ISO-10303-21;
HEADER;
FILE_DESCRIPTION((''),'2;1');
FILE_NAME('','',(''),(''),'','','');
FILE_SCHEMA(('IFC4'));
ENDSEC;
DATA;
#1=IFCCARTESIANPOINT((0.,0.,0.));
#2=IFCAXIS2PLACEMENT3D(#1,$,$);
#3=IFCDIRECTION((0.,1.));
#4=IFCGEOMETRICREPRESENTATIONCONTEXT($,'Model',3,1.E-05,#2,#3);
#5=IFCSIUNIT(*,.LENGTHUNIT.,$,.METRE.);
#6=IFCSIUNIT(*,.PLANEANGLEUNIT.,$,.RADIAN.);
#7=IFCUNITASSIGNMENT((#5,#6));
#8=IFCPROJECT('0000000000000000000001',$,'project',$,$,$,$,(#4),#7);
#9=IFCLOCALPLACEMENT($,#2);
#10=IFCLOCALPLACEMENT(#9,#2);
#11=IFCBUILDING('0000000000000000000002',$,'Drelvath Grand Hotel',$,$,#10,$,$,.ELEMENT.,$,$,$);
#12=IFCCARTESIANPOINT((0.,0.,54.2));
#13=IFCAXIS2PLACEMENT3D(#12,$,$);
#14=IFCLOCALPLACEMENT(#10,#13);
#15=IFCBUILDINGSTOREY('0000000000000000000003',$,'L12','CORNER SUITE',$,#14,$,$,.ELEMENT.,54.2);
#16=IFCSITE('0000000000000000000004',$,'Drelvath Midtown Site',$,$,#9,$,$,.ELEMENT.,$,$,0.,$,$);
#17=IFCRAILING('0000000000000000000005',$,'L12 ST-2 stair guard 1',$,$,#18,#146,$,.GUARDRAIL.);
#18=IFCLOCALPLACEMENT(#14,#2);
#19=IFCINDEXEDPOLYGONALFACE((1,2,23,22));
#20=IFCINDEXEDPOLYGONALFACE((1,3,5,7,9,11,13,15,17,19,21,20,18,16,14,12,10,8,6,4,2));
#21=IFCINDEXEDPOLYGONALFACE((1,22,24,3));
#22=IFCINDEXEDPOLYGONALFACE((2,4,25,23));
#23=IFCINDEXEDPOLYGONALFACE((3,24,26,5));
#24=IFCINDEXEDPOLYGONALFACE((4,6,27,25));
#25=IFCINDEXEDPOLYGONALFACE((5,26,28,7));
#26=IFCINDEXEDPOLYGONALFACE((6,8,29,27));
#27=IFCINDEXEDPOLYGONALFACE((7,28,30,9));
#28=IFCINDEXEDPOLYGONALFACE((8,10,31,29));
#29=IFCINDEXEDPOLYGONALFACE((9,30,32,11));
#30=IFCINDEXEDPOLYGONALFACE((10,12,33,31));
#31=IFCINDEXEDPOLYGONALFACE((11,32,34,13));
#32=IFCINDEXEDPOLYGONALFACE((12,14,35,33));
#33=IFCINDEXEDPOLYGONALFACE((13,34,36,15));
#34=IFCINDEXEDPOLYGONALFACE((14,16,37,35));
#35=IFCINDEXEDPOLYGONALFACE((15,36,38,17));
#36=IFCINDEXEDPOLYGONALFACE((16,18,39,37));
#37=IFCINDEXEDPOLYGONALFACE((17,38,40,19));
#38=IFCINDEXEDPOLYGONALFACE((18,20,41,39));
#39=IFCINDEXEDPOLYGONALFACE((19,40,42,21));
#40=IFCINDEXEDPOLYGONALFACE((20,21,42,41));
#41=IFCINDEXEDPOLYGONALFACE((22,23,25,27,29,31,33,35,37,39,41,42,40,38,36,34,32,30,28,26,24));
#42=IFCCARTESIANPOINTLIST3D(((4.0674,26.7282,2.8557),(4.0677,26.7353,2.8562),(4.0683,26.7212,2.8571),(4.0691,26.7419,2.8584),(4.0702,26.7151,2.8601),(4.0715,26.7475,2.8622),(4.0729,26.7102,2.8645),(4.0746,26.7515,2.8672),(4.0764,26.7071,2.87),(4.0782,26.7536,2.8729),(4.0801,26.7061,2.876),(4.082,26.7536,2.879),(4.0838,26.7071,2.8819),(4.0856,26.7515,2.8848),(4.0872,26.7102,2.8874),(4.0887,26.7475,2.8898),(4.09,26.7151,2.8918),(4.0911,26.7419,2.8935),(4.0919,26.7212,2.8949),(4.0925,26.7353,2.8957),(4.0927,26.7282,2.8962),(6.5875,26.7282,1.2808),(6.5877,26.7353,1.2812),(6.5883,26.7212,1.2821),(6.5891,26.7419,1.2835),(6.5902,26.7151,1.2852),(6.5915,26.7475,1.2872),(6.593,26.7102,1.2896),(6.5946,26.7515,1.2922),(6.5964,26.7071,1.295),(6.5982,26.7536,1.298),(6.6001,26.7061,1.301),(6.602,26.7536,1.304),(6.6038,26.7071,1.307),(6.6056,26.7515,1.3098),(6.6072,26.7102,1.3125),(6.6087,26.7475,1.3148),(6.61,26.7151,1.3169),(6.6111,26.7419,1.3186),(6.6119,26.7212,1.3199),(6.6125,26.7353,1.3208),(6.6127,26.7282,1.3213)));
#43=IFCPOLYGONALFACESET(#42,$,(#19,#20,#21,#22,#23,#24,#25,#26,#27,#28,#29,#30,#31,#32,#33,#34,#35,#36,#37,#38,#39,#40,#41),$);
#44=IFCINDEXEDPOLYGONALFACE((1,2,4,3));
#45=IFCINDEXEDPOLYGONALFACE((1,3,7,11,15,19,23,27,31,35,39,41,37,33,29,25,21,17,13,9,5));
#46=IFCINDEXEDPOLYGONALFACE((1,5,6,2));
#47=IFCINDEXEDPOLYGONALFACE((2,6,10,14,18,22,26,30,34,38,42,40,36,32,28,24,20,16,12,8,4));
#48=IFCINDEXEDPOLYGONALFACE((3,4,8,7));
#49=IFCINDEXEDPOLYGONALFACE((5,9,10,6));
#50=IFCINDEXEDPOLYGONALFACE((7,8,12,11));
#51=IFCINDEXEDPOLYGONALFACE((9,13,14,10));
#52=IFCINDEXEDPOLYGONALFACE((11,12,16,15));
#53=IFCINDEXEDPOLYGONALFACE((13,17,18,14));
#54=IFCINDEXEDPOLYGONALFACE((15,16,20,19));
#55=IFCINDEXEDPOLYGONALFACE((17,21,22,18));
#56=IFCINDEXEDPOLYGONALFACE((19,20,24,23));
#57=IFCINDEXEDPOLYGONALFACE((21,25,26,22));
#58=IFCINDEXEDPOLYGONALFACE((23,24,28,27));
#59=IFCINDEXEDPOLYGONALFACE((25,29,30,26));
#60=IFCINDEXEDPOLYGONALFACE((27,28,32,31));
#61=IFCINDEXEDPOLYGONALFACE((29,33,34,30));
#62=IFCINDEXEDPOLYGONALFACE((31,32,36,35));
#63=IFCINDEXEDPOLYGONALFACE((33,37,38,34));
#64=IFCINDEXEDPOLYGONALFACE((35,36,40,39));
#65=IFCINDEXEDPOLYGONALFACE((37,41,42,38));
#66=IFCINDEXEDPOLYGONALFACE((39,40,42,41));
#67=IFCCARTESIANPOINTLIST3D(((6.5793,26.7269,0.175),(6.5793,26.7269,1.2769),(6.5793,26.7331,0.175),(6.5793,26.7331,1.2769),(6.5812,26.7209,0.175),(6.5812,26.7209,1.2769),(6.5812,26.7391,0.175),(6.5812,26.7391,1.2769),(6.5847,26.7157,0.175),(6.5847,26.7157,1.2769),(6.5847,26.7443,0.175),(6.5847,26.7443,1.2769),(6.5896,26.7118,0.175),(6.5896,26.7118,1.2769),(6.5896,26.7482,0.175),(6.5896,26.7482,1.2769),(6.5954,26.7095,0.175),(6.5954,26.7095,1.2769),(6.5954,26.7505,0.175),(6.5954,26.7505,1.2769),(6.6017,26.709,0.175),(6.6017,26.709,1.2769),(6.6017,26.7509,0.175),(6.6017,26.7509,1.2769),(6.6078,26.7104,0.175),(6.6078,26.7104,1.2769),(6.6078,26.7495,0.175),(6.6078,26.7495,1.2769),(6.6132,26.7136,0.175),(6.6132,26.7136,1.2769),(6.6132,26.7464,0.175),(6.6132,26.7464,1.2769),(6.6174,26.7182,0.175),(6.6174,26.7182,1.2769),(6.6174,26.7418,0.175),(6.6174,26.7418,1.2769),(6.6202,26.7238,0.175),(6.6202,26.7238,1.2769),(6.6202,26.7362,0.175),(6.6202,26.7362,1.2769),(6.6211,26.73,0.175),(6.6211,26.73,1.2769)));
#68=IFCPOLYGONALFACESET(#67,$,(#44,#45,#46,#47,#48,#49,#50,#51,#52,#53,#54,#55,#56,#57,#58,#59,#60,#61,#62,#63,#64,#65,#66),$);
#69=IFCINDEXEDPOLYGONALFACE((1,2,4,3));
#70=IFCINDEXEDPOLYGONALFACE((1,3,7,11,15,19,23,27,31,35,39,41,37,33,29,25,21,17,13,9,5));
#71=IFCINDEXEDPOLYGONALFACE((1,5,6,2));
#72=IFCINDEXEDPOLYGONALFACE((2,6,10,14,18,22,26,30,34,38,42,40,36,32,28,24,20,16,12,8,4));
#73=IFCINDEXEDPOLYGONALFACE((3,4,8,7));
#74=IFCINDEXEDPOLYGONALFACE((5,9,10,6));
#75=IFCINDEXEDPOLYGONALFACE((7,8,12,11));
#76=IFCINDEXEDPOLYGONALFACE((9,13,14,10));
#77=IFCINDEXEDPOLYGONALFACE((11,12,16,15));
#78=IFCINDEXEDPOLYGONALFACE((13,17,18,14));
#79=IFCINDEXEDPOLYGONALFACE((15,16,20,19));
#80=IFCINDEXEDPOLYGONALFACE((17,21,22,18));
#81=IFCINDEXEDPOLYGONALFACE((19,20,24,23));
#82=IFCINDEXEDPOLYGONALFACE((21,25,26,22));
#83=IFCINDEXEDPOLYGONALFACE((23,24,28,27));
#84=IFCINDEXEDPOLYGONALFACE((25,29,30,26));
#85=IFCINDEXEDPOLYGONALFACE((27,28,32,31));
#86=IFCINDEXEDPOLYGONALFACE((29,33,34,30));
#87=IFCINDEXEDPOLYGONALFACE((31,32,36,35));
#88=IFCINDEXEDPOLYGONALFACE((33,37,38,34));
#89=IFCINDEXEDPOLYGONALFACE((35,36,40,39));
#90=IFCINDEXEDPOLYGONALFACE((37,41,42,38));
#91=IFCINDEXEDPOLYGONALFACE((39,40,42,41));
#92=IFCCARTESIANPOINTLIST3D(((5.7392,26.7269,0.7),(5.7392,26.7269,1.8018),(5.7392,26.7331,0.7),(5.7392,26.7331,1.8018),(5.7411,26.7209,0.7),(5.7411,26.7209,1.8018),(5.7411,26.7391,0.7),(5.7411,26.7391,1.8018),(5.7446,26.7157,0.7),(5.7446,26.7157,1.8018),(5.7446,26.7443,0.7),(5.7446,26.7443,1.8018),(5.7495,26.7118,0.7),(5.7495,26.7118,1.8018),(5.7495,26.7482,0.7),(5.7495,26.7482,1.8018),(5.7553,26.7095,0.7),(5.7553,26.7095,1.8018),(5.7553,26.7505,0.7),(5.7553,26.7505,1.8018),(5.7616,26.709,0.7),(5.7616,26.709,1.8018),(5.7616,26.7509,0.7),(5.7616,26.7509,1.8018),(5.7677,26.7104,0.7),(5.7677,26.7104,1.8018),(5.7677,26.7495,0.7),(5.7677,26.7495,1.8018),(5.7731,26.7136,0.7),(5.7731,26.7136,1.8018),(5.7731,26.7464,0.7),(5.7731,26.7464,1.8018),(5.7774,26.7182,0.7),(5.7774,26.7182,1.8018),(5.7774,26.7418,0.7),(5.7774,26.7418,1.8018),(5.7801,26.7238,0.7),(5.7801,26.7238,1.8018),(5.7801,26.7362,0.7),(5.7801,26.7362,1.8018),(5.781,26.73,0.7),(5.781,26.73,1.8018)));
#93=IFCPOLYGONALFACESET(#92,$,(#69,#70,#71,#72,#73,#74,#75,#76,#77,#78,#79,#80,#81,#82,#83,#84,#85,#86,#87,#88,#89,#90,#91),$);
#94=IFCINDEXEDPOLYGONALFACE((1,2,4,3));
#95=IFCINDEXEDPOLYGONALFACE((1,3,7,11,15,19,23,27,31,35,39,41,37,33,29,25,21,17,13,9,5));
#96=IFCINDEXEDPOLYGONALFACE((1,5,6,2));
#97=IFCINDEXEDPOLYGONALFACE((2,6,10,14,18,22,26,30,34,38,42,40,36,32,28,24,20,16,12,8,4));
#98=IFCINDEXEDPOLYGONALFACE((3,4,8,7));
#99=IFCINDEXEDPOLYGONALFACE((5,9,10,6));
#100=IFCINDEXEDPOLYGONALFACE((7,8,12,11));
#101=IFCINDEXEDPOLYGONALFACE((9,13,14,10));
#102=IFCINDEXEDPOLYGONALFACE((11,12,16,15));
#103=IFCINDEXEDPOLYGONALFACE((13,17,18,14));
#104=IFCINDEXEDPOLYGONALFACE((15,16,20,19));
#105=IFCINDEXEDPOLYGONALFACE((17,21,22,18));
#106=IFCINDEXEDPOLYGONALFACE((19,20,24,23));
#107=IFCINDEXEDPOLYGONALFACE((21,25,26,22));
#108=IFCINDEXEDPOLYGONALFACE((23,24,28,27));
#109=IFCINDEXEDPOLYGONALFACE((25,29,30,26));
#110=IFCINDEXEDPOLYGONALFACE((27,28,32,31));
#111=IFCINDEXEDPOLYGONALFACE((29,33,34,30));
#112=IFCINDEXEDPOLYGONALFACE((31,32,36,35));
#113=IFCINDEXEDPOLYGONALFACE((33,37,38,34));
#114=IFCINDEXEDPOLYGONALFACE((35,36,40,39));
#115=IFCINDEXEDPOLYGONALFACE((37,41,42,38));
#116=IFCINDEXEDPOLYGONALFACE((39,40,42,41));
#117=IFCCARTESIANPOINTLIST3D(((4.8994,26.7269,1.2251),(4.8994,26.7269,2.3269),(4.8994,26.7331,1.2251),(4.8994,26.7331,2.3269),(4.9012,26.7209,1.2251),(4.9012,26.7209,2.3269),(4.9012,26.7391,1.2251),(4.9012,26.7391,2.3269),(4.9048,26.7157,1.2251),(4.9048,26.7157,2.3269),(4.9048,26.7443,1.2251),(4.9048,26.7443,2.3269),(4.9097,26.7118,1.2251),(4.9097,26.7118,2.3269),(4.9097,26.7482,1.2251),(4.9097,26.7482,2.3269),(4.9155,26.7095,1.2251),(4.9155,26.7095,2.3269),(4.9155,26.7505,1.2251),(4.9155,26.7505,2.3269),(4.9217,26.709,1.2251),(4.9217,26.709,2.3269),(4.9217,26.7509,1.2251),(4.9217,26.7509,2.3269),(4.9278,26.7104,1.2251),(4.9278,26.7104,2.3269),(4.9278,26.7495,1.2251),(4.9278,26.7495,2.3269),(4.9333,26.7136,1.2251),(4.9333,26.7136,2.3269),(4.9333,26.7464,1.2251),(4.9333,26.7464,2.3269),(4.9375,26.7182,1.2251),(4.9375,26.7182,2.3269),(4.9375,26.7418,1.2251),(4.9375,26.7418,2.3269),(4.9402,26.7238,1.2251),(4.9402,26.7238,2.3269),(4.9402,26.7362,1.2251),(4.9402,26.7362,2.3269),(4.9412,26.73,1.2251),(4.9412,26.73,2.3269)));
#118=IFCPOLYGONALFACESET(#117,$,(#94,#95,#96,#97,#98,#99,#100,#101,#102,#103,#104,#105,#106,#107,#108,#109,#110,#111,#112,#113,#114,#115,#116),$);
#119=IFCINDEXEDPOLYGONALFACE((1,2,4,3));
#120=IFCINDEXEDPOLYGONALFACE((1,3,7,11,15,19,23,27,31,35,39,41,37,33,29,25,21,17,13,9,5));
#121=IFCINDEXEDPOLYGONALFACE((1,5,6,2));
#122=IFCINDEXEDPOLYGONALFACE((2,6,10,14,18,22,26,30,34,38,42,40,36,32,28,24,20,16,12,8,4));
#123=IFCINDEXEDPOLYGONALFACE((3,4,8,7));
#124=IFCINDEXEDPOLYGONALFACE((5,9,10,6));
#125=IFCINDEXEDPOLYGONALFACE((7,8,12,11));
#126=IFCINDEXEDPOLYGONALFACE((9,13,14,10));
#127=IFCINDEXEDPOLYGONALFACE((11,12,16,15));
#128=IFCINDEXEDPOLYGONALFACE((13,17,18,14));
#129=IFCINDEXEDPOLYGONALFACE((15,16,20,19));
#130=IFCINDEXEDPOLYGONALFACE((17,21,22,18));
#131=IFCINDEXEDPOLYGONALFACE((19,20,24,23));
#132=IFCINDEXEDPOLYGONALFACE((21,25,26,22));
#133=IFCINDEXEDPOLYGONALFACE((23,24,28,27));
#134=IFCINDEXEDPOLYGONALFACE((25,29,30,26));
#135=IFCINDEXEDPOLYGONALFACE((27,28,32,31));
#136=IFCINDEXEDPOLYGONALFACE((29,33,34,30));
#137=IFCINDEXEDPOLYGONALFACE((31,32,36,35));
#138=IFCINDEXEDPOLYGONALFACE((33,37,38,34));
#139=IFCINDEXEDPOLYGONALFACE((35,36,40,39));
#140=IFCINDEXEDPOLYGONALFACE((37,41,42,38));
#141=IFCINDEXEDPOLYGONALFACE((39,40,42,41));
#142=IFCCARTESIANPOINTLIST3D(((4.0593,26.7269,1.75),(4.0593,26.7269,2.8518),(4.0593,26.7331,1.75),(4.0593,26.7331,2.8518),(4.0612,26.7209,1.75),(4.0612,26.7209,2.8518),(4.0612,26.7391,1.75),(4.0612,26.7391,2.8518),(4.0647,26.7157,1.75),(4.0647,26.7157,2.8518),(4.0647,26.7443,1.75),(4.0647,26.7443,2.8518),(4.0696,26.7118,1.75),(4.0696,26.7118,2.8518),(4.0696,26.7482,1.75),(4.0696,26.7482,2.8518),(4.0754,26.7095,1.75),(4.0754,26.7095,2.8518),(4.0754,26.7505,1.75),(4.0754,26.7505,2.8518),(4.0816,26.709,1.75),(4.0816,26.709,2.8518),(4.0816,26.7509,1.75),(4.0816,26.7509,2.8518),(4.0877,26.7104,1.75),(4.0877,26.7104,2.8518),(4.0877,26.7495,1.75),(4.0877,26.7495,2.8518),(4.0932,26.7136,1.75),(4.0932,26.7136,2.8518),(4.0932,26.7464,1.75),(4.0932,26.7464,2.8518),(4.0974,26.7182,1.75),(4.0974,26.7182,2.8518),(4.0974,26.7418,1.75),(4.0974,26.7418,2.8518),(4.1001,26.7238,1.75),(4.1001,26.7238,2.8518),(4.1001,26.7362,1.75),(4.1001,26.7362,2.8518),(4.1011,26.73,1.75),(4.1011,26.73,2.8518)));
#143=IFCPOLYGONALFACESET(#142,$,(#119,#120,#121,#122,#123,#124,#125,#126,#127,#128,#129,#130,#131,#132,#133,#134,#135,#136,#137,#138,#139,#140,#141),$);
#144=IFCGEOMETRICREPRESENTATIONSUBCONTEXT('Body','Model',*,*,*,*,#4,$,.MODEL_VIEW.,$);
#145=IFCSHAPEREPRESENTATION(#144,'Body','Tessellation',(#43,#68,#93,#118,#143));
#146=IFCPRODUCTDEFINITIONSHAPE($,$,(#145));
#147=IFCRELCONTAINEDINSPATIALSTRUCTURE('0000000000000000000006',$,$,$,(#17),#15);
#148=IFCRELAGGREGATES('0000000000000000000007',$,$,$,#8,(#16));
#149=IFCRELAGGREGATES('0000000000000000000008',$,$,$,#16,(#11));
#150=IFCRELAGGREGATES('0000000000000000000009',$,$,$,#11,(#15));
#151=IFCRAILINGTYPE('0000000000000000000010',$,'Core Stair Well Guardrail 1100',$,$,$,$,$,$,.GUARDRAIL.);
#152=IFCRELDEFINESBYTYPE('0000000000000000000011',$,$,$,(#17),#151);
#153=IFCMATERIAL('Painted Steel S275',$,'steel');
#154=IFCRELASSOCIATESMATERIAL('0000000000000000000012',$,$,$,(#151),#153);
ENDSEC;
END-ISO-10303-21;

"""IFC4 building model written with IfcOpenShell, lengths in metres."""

from ifc_helpers import new_model, si_unit, direction, frame, origin, origin_2d, place, context, subcontext, project, spatial, circle, extrude, material, type_object, element, save


model = new_model("IFC4")

# Units and contexts
model_context = context("Model", 3, precision=1e-05, world=origin(), true_north=direction((0.0, 1.0)))
body_context = subcontext(model_context, "Body", "Model", "MODEL_VIEW")
ifc_project = project(units=[si_unit("LENGTHUNIT", "METRE"), si_unit("PLANEANGLEUNIT", "RADIAN")], contexts=[model_context])

# Site, building, storey
site_placement = place(None, origin())
site = spatial("IfcSite", under=ifc_project, at=site_placement, Name="Drelvath Midtown Site", CompositionType="ELEMENT", RefElevation=0.0)
building_placement = place(site_placement, origin())
building = spatial("IfcBuilding", under=site, at=building_placement, Name="Drelvath Grand Hotel", CompositionType="ELEMENT")
storey_placement = place(building_placement, frame((0.0, 0.0, 54.2)))
storey = spatial("IfcBuildingStorey", under=building, at=storey_placement, Name="L12", Description="CORNER SUITE", CompositionType="ELEMENT", Elevation=54.2)

# Shared definitions
ifc_material_1 = material(Name="Painted Steel S275", Category="steel")

# Railing
railing_type_1 = type_object("IfcRailingType", Name="Core Stair Well Guardrail 1100", PredefinedType="GUARDRAIL", material=ifc_material_1)
railing_1_placement = place(storey_placement, frame((6.6001, 26.73, 0.175)))
element("IfcRailing", 1, at=railing_1_placement, inside=storey, type_object=railing_type_1, Name="L12 ST-2 stair guard 1", PredefinedType="GUARDRAIL", context=body_context, shape_type="SweptSolid", body=[
    extrude(circle(Radius=0.0239, at=origin_2d()), frame((0.0, 0.0, 1.126), z_axis=(-0.848008, 0.0, 0.529984), x_axis=(0.0, -1.0, 0.0)), (0.0, 0.0, 1.0), 2.9717),
    extrude(circle(Radius=0.021, at=origin_2d()), origin(), (0.0, 0.0, 1.0), 1.1018),
    extrude(circle(Radius=0.021, at=origin_2d()), frame((-0.8401, 0.0, 0.5249)), (0.0, 0.0, 1.0), 1.1018),
    extrude(circle(Radius=0.021, at=origin_2d()), frame((-1.6799, 0.0, 1.05)), (0.0, 0.0, 1.0), 1.1018),
    extrude(circle(Radius=0.021, at=origin_2d()), frame((-2.52, 0.0, 1.575)), (0.0, 0.0, 1.0), 1.1018),
])

save(model, "model.ifc")
